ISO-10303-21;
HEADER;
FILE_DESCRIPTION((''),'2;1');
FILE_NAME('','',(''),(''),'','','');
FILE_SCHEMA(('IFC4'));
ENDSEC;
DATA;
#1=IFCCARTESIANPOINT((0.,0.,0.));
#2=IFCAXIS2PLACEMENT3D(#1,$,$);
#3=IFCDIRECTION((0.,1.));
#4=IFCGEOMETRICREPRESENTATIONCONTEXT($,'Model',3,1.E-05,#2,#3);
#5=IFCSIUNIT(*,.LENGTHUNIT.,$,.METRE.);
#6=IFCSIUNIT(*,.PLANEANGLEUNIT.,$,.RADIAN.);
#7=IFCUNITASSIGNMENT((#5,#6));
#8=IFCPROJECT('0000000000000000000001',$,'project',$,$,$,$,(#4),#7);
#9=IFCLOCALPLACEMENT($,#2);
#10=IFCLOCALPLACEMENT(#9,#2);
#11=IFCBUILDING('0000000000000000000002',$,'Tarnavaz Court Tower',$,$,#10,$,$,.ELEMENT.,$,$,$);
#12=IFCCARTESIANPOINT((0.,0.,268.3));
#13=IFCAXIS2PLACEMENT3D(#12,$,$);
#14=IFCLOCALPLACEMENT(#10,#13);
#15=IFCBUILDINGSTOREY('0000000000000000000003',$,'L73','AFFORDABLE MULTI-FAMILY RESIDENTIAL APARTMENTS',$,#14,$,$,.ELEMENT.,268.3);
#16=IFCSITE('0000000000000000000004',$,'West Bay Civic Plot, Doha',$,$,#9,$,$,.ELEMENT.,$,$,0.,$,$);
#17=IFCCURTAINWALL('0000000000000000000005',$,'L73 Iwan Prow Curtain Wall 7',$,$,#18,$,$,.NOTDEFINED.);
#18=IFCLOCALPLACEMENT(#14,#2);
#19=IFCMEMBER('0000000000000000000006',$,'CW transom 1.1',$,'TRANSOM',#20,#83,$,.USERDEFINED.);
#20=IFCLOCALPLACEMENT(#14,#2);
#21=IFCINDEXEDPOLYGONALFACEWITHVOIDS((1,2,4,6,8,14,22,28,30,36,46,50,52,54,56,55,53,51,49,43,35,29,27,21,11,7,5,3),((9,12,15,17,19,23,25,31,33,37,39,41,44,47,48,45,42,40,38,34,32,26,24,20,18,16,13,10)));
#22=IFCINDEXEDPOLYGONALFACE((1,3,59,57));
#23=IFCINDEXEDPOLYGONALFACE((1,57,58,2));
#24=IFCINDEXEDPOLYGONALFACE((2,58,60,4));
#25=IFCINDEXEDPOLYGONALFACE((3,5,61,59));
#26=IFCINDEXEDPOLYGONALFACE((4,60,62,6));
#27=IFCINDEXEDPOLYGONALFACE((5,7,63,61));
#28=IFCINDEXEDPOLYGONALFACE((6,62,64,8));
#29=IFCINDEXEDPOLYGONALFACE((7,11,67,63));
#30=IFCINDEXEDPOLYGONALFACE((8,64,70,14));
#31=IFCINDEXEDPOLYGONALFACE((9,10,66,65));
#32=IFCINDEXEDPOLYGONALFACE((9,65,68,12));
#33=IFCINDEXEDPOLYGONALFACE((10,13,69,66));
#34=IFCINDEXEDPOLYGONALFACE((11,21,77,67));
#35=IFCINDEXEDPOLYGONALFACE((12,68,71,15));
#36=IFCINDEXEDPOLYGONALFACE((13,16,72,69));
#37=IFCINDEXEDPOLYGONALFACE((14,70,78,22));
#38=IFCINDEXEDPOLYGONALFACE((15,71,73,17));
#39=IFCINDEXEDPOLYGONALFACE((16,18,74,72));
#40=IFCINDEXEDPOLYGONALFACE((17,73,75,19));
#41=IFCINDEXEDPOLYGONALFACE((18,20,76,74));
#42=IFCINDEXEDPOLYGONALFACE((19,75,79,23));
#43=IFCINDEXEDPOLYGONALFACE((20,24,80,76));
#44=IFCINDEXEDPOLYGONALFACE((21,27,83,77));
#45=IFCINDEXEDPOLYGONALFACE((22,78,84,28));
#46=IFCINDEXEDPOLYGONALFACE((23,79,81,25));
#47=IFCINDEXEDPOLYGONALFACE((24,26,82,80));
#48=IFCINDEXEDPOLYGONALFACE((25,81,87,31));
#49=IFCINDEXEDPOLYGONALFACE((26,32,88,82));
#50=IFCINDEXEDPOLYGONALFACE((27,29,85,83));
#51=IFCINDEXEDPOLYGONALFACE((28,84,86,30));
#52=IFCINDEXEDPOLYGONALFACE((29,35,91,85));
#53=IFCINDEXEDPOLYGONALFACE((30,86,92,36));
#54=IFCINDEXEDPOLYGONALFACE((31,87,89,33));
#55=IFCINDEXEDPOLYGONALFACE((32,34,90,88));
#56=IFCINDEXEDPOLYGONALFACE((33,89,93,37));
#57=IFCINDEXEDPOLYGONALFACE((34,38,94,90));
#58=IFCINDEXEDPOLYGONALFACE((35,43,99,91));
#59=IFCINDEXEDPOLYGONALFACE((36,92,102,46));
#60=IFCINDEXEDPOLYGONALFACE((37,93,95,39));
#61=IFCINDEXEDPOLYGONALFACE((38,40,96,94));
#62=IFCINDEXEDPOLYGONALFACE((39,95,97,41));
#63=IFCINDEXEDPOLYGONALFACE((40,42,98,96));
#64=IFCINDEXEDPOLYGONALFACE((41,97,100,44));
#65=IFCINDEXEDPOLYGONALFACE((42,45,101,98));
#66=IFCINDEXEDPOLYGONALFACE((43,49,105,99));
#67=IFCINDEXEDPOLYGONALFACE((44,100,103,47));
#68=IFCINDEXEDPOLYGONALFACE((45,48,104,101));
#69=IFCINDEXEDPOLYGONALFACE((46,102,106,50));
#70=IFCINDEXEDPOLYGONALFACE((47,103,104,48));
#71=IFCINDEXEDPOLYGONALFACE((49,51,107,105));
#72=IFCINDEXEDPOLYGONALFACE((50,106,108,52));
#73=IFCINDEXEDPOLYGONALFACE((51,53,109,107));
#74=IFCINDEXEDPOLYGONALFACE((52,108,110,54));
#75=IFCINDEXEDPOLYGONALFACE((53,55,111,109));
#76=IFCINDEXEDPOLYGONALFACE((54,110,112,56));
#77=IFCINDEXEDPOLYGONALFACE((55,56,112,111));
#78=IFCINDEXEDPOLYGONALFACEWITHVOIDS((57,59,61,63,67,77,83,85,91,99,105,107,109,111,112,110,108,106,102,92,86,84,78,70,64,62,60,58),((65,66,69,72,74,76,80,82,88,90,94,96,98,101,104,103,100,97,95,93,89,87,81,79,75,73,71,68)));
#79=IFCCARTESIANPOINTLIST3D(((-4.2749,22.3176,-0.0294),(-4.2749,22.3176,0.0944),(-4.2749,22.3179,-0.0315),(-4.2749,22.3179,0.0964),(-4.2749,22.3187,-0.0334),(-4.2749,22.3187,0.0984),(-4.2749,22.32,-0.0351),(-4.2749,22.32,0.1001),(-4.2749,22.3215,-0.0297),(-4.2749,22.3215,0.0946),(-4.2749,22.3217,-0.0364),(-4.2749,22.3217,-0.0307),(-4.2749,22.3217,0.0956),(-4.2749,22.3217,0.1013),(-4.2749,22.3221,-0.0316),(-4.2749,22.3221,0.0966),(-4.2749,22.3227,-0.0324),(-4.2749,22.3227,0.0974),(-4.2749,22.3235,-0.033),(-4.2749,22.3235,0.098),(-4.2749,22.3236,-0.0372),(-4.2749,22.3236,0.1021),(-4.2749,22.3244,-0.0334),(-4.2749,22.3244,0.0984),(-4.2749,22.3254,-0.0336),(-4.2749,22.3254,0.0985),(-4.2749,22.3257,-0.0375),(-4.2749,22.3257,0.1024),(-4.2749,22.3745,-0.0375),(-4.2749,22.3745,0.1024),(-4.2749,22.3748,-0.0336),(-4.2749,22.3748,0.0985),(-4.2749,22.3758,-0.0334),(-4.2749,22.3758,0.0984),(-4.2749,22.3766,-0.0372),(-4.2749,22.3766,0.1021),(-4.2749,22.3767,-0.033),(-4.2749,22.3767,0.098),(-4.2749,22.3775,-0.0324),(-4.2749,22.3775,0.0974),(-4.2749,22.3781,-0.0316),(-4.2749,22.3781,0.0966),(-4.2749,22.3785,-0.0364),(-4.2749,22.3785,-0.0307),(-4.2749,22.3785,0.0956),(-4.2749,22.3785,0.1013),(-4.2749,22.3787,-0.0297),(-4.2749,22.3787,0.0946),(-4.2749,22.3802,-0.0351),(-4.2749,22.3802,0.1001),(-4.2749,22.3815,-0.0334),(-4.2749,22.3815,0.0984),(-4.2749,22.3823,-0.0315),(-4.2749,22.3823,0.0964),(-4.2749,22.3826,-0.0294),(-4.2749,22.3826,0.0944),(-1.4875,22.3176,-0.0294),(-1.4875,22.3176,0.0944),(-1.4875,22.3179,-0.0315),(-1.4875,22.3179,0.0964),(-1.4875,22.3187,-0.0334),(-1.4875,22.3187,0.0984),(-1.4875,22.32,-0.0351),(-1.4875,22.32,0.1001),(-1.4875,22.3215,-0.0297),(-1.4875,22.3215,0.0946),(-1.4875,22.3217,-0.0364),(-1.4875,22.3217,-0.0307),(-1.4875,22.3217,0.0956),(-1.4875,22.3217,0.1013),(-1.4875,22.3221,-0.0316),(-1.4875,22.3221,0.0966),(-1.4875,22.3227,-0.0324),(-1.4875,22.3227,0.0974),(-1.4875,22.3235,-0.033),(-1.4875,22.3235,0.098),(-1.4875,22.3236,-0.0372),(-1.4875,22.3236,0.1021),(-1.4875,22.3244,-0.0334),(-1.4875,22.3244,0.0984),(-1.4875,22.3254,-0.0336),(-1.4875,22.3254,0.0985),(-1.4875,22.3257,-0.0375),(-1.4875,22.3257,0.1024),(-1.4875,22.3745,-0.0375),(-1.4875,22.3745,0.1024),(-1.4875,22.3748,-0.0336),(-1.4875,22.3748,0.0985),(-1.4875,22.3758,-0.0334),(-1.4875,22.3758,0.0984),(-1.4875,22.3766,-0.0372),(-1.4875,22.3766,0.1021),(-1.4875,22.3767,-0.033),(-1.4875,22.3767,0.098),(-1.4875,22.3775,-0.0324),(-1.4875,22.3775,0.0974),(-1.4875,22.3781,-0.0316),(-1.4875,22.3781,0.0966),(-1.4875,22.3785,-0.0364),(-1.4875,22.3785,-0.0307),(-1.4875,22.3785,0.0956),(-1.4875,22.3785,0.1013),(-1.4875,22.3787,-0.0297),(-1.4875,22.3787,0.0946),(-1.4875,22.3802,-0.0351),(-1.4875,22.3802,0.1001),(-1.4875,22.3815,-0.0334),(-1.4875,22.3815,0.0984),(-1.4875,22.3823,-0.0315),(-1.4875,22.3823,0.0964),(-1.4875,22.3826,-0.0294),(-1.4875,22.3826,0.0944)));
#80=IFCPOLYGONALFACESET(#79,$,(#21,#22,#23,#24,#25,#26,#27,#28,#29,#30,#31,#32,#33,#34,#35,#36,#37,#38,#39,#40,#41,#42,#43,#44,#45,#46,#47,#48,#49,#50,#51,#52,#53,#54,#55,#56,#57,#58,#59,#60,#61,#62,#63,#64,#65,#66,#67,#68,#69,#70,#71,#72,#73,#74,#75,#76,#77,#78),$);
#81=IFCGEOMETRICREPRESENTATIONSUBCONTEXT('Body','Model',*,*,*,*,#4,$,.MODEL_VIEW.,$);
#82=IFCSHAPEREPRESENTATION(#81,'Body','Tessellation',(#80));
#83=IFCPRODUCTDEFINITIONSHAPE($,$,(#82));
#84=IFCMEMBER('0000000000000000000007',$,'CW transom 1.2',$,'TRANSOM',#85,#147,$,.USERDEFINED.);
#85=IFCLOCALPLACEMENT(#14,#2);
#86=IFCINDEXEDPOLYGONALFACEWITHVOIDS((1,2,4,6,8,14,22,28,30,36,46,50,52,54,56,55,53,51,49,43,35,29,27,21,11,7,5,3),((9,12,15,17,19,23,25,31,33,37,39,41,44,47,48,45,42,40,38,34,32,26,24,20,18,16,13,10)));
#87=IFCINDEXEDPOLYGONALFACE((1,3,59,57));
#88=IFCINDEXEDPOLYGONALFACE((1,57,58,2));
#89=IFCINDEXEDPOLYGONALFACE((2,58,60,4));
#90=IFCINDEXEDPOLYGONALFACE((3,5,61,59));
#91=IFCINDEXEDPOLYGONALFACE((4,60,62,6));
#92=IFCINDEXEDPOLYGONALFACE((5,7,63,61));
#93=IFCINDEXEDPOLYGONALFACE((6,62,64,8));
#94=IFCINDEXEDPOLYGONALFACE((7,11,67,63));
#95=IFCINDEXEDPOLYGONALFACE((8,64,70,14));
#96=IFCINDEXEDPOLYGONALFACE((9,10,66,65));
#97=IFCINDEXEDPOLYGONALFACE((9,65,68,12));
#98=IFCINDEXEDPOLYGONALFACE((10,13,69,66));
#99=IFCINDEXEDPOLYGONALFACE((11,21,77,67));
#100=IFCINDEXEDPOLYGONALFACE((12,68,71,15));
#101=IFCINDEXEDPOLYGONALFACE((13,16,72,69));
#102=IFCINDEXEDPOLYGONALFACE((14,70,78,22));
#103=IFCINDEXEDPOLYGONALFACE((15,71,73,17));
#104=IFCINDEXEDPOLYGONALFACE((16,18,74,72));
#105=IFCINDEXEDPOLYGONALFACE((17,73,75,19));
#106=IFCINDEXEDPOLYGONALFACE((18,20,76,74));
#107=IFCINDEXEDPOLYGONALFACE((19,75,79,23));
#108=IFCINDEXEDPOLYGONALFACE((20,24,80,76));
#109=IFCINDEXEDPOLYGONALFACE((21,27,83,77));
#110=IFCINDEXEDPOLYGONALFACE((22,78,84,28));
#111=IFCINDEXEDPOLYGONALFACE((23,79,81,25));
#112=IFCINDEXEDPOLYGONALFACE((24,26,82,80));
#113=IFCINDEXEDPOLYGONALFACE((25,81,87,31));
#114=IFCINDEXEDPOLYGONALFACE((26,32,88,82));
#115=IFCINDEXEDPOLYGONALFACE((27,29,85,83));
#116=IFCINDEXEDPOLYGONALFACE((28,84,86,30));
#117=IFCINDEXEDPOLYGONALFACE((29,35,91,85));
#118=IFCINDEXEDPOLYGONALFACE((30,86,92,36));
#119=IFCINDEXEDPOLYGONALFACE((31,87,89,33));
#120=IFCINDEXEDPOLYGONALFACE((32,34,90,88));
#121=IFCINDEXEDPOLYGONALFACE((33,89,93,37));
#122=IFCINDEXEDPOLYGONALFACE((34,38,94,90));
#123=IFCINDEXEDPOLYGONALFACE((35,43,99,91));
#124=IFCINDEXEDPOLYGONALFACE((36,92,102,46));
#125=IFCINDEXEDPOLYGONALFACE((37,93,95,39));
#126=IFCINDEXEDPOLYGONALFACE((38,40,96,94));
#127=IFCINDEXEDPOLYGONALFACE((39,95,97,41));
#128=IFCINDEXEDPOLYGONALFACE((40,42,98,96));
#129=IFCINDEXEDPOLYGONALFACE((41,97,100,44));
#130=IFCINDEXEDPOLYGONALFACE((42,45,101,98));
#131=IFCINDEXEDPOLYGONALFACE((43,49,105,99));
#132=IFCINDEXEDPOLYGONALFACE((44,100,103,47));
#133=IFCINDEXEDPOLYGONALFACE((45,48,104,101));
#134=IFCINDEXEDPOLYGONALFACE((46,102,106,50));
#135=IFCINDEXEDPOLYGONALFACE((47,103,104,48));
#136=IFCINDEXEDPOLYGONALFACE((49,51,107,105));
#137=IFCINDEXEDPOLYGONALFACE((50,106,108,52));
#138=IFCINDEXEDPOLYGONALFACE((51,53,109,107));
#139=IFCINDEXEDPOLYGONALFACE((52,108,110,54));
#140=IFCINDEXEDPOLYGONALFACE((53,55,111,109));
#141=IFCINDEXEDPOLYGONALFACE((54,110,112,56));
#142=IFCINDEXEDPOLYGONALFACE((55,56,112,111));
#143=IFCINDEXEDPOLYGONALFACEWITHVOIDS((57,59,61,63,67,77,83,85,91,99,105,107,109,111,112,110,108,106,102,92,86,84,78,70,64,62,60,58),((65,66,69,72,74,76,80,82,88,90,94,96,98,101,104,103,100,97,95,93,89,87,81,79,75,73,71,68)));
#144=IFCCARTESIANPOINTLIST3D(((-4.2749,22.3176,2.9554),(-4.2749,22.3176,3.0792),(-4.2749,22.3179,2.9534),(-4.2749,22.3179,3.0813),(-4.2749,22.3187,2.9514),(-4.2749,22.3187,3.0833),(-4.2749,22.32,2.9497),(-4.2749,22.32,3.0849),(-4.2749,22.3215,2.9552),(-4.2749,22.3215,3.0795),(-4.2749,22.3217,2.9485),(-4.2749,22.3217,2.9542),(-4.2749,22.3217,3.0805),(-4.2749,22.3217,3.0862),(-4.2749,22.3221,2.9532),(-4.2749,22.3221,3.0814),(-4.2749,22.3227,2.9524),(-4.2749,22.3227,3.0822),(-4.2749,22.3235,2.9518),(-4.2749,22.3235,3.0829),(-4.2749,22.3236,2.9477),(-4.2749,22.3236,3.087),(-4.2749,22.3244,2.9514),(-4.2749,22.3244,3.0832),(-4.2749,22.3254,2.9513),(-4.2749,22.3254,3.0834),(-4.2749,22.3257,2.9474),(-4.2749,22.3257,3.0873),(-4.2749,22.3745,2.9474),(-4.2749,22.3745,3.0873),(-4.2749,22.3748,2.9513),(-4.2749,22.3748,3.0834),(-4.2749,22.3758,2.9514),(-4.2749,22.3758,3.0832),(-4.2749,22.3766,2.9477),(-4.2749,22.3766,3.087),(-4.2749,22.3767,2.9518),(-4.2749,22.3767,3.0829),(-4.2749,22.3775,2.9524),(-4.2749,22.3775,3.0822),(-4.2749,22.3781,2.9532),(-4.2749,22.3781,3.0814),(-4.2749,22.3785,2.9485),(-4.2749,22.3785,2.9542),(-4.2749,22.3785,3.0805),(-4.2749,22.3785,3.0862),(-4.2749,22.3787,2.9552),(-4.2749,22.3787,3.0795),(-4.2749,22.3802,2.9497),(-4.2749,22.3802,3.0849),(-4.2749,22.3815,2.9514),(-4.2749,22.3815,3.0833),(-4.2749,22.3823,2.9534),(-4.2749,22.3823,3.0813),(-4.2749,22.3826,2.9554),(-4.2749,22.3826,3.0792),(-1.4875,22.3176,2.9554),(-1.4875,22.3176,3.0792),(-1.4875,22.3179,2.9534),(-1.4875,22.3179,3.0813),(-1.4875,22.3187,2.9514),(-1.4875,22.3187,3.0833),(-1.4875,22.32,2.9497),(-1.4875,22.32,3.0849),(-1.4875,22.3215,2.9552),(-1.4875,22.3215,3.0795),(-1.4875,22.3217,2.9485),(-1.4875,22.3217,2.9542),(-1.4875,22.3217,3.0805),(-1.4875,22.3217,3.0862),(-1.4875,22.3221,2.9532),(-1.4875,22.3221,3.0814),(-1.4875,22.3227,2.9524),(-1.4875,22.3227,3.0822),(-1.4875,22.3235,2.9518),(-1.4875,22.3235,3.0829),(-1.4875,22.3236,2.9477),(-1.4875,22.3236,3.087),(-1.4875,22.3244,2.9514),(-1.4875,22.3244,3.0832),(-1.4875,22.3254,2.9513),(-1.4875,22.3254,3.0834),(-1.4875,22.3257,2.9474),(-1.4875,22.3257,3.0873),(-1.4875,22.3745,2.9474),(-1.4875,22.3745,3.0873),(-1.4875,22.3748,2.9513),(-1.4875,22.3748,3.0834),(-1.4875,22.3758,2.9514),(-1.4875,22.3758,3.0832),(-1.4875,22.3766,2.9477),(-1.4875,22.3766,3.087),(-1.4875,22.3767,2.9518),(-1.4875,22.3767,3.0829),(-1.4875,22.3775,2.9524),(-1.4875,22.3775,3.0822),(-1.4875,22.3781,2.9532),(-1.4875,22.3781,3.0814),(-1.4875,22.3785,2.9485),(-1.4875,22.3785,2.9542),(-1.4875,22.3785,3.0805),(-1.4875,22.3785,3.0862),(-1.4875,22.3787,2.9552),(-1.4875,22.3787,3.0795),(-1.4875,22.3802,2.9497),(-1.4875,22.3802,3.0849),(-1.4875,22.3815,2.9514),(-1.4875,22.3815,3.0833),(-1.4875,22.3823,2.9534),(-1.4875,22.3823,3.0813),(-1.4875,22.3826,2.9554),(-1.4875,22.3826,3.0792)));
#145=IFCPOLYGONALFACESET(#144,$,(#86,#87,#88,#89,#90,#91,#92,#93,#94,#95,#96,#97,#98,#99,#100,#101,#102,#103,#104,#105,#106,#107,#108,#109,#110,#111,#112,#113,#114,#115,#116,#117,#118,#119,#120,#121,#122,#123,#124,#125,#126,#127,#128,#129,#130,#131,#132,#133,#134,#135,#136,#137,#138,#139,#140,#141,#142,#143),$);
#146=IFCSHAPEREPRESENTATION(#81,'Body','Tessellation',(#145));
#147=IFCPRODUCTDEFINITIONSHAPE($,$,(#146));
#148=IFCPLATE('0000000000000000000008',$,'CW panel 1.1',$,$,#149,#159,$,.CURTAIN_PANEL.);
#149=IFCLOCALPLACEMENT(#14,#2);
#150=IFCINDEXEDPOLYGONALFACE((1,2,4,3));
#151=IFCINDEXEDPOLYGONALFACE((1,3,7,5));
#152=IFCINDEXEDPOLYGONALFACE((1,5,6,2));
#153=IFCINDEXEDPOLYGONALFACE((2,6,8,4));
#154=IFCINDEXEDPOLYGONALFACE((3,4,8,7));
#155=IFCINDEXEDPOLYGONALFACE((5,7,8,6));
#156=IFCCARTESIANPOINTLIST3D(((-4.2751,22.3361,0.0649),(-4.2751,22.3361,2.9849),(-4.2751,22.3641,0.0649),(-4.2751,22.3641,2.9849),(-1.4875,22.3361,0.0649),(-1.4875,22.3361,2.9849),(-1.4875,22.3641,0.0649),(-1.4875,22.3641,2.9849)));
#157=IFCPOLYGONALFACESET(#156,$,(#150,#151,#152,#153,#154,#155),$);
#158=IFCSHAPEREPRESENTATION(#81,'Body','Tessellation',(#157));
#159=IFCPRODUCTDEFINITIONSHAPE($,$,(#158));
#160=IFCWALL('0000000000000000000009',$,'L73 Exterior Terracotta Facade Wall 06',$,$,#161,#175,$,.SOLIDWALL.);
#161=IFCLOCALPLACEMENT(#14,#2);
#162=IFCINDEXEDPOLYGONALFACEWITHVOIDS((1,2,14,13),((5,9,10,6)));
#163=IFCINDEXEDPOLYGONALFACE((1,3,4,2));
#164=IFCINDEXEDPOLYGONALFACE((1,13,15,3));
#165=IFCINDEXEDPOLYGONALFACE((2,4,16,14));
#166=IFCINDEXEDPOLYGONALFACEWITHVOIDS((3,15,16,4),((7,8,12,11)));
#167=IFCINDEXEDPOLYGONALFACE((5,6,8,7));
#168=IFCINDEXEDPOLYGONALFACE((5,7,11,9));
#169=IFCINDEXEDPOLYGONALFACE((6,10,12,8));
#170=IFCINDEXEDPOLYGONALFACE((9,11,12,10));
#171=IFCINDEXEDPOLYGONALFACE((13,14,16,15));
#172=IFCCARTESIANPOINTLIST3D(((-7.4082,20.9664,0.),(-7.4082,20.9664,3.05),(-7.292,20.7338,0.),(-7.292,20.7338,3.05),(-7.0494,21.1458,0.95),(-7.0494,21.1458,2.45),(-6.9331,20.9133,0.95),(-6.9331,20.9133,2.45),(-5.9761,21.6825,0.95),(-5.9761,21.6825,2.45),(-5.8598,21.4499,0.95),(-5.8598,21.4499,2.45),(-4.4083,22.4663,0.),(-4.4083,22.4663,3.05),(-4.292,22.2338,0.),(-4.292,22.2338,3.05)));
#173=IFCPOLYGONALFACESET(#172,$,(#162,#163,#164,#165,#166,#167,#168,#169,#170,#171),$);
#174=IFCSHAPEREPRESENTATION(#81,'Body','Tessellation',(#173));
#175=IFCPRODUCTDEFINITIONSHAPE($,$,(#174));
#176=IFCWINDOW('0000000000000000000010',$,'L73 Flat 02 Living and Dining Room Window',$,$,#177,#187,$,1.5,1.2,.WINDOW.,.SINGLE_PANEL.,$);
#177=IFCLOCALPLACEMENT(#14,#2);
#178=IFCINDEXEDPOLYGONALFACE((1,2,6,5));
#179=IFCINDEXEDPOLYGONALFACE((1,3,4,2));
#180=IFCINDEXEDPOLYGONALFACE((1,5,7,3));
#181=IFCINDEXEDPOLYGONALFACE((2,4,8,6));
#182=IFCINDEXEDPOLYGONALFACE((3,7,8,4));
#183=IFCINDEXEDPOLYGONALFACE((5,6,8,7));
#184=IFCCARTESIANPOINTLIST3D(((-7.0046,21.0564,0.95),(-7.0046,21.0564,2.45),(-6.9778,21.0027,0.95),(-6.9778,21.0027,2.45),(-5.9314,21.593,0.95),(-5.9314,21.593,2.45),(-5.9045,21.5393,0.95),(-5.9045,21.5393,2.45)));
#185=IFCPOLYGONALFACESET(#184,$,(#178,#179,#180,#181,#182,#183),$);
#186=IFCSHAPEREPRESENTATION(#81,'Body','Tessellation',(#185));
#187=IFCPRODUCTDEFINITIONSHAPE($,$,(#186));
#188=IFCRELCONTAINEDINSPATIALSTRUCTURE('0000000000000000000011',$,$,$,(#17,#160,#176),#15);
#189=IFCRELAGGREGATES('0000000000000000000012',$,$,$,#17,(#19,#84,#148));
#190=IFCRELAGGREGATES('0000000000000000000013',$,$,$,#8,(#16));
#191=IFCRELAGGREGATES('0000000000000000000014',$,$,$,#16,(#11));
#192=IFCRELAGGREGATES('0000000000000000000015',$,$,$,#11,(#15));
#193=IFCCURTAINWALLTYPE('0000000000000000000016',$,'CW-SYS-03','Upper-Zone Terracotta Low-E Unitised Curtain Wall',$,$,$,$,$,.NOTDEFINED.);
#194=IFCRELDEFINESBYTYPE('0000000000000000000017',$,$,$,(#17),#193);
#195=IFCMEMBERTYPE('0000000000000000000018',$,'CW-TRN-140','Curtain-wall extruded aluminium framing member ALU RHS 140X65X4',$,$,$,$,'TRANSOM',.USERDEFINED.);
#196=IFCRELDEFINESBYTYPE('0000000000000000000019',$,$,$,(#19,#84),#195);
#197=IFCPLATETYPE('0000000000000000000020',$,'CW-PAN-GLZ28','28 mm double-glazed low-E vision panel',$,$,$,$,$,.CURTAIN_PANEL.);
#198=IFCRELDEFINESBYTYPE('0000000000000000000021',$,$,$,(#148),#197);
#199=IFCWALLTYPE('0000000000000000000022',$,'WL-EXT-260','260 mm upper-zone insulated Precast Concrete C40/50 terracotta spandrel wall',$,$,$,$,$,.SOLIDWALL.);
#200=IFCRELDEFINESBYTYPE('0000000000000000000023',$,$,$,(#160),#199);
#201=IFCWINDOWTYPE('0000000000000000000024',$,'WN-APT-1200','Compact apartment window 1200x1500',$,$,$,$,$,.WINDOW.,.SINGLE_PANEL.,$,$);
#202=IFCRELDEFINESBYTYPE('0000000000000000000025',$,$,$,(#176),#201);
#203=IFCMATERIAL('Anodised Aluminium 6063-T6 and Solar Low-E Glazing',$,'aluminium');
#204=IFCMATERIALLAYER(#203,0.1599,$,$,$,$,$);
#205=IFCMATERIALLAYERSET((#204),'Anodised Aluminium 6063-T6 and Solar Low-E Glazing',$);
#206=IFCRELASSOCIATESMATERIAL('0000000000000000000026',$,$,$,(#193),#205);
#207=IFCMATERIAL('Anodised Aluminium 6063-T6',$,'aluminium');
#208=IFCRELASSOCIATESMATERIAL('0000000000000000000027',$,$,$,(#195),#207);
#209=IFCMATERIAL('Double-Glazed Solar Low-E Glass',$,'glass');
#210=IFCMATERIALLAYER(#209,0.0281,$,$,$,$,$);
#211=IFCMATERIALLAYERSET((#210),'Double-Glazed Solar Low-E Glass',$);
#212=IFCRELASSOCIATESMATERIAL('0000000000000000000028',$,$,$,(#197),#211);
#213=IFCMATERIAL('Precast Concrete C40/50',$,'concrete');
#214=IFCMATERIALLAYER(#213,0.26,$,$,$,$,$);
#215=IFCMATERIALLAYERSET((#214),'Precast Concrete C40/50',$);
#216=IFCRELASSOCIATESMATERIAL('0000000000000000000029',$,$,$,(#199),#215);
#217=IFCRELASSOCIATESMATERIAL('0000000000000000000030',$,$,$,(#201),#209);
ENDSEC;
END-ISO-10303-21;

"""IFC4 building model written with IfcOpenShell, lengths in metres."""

from ifc_helpers import new_model, si_unit, direction, frame, frame_2d, origin, origin_2d, place, context, subcontext, project, spatial, rectangle, hollow_rectangle, extrude, material, layer, layer_set, material_profile, profile_set, type_object, element, fill, aggregate, save


model = new_model("IFC4")

# Units and contexts
model_context = context("Model", 3, precision=1e-05, world=origin(), true_north=direction((0.0, 1.0)))
body_context = subcontext(model_context, "Body", "Model", "MODEL_VIEW")
ifc_project = project(units=[si_unit("LENGTHUNIT", "METRE"), si_unit("PLANEANGLEUNIT", "RADIAN")], contexts=[model_context])

# Site, building, storey
site_placement = place(None, origin())
site = spatial("IfcSite", under=ifc_project, at=site_placement, Name="West Bay Civic Plot, Doha", CompositionType="ELEMENT", RefElevation=0.0)
building_placement = place(site_placement, origin())
building = spatial("IfcBuilding", under=site, at=building_placement, Name="Tarnavaz Court Tower", CompositionType="ELEMENT")
storey_placement = place(building_placement, frame((0.0, 0.0, 268.3)))
storey = spatial("IfcBuildingStorey", under=building, at=storey_placement, Name="L73", Description="AFFORDABLE MULTI-FAMILY RESIDENTIAL APARTMENTS", CompositionType="ELEMENT", Elevation=268.3)

# Curtain wall, members, plate
ifc_material_1 = material(Name="Anodised Aluminium 6063-T6 and Solar Low-E Glazing", Category="aluminium")
ifc_layer_1 = layer(ifc_material_1, 0.1599)
ifc_layer_set_1 = layer_set([ifc_layer_1], Name="Anodised Aluminium 6063-T6 and Solar Low-E Glazing")
curtain_wall_type = type_object("IfcCurtainWallType", Name="CW-SYS-03", Description="Upper-Zone Terracotta Low-E Unitised Curtain Wall", PredefinedType="NOTDEFINED", material=ifc_layer_set_1)
curtain_wall_placement = place(storey_placement, origin())
curtain_wall = element("IfcCurtainWall", 1, at=curtain_wall_placement, inside=storey, type_object=curtain_wall_type, Name="L73 Iwan Prow Curtain Wall 7", PredefinedType="NOTDEFINED")
ifc_material_2 = material(Name="Anodised Aluminium 6063-T6", Category="aluminium")
ifc_material_profile_1 = material_profile(ifc_material_2, hollow_rectangle(XDim=0.0649, YDim=0.1399, WallThickness=0.0039, InnerFilletRadius=0.0039, OuterFilletRadius=0.0081, at=origin_2d()), Name="ALU RHS 140X65X4")
ifc_profile_set_1 = profile_set([ifc_material_profile_1], Name="Anodised Aluminium 6063-T6")
member_type_1 = type_object("IfcMemberType", Name="CW-TRN-140", Description="Curtain-wall extruded aluminium framing member ALU RHS 140X65X4", ElementType="TRANSOM", PredefinedType="USERDEFINED", material=ifc_profile_set_1)
member_1_placement = place(storey_placement, frame((-4.2749, 22.3501, 0.0325), z_axis=(1.0, 0.0, 0.0), x_axis=(0.0, 1.0, 0.0)))
member_1 = element("IfcMember", 2, at=member_1_placement, type_object=member_type_1, Name="CW transom 1.1", ObjectType="TRANSOM", PredefinedType="USERDEFINED", context=body_context, shape_type="SweptSolid", body=[
    extrude(hollow_rectangle(XDim=0.0649, YDim=0.1399, WallThickness=0.0039, InnerFilletRadius=0.0039, OuterFilletRadius=0.0081, at=origin_2d()), origin(), (0.0, 0.0, 1.0), 2.7874),
])
member_2_placement = place(storey_placement, frame((-4.2749, 22.3501, 3.0173), z_axis=(1.0, 0.0, 0.0), x_axis=(0.0, 1.0, 0.0)))
member_2 = element("IfcMember", 3, at=member_2_placement, type_object=member_type_1, Name="CW transom 1.2", ObjectType="TRANSOM", PredefinedType="USERDEFINED", context=body_context, shape_type="SweptSolid", body=[
    extrude(hollow_rectangle(XDim=0.0649, YDim=0.1399, WallThickness=0.0039, InnerFilletRadius=0.0039, OuterFilletRadius=0.0081, at=origin_2d()), origin(), (0.0, 0.0, 1.0), 2.7874),
])
ifc_material_3 = material(Name="Double-Glazed Solar Low-E Glass", Category="glass")
ifc_layer_2 = layer(ifc_material_3, 0.0281)
ifc_layer_set_2 = layer_set([ifc_layer_2], Name="Double-Glazed Solar Low-E Glass")
plate_type = type_object("IfcPlateType", Name="CW-PAN-GLZ28", Description="28 mm double-glazed low-E vision panel", PredefinedType="CURTAIN_PANEL", material=ifc_layer_set_2)
plate_placement = place(storey_placement, frame((-2.8813, 22.3501, 0.0649), z_axis=(0.0, 0.0, 1.0), x_axis=(1.0, 0.0, 0.0)))
plate = element("IfcPlate", 4, at=plate_placement, type_object=plate_type, Name="CW panel 1.1", PredefinedType="CURTAIN_PANEL", context=body_context, shape_type="SweptSolid", body=[
    extrude(rectangle(XDim=2.7876, YDim=0.0281, at=origin_2d()), origin(), (0.0, 0.0, 1.0), 2.9199),
])
aggregate(curtain_wall, [member_1, member_2, plate])

# Wall, opening, window
ifc_material_4 = material(Name="Precast Concrete C40/50", Category="concrete")
ifc_layer_3 = layer(ifc_material_4, 0.26)
ifc_layer_set_3 = layer_set([ifc_layer_3], Name="Precast Concrete C40/50")
wall_type_1 = type_object("IfcWallType", Name="WL-EXT-260", Description="260 mm upper-zone insulated Precast Concrete C40/50 terracotta spandrel wall", PredefinedType="SOLIDWALL", material=ifc_layer_set_3)
wall_1_placement = place(storey_placement, frame((-7.3501, 20.8501, 0.0), z_axis=(0.0, 0.0, 1.0), x_axis=(0.894427, 0.447214, 0.0)))
wall_1 = element("IfcWall", 5, at=wall_1_placement, inside=storey, type_object=wall_type_1, Name="L73 Exterior Terracotta Facade Wall 06", PredefinedType="SOLIDWALL", context=body_context, shape_type="SweptSolid", body=[
    extrude(rectangle(XDim=3.354, YDim=0.26, at=frame_2d((1.677, 0.0))), origin(), (0.0, 0.0, 1.0), 3.05),
])
opening_1_placement = place(wall_1_placement, frame((0.4011, 0.0, 0.95)))
opening_1 = element("IfcOpeningElement", 6, at=opening_1_placement, cuts=wall_1, PredefinedType="OPENING", context=body_context, shape_type="SweptSolid", body=[
    extrude(rectangle(XDim=1.2, YDim=1.5, at=frame_2d((0.6001, 0.75))), frame((0.0, 0.1399, 0.0), z_axis=(0.0, -1.0, 0.0), x_axis=(1.0, 0.0, 0.0)), (0.0, 0.0, 1.0), 0.28),
])
window_type = type_object("IfcWindowType", Name="WN-APT-1200", Description="Compact apartment window 1200x1500", PartitioningType="SINGLE_PANEL", PredefinedType="WINDOW", material=ifc_material_3)
window_placement = place(opening_1_placement, origin())
window = element("IfcWindow", 7, at=window_placement, inside=storey, type_object=window_type, Name="L73 Flat 02 Living and Dining Room Window", OverallHeight=1.5, OverallWidth=1.2, PartitioningType="SINGLE_PANEL", PredefinedType="WINDOW", context=body_context, shape_type="SweptSolid", body=[
    extrude(rectangle(XDim=1.2, YDim=1.5, at=frame_2d((0.6001, 0.75))), frame((0.0, 0.03, 0.0), z_axis=(0.0, -1.0, 0.0), x_axis=(1.0, 0.0, 0.0)), (0.0, 0.0, 1.0), 0.0601),
])
fill(opening_1, window)

save(model, "model.ifc")
